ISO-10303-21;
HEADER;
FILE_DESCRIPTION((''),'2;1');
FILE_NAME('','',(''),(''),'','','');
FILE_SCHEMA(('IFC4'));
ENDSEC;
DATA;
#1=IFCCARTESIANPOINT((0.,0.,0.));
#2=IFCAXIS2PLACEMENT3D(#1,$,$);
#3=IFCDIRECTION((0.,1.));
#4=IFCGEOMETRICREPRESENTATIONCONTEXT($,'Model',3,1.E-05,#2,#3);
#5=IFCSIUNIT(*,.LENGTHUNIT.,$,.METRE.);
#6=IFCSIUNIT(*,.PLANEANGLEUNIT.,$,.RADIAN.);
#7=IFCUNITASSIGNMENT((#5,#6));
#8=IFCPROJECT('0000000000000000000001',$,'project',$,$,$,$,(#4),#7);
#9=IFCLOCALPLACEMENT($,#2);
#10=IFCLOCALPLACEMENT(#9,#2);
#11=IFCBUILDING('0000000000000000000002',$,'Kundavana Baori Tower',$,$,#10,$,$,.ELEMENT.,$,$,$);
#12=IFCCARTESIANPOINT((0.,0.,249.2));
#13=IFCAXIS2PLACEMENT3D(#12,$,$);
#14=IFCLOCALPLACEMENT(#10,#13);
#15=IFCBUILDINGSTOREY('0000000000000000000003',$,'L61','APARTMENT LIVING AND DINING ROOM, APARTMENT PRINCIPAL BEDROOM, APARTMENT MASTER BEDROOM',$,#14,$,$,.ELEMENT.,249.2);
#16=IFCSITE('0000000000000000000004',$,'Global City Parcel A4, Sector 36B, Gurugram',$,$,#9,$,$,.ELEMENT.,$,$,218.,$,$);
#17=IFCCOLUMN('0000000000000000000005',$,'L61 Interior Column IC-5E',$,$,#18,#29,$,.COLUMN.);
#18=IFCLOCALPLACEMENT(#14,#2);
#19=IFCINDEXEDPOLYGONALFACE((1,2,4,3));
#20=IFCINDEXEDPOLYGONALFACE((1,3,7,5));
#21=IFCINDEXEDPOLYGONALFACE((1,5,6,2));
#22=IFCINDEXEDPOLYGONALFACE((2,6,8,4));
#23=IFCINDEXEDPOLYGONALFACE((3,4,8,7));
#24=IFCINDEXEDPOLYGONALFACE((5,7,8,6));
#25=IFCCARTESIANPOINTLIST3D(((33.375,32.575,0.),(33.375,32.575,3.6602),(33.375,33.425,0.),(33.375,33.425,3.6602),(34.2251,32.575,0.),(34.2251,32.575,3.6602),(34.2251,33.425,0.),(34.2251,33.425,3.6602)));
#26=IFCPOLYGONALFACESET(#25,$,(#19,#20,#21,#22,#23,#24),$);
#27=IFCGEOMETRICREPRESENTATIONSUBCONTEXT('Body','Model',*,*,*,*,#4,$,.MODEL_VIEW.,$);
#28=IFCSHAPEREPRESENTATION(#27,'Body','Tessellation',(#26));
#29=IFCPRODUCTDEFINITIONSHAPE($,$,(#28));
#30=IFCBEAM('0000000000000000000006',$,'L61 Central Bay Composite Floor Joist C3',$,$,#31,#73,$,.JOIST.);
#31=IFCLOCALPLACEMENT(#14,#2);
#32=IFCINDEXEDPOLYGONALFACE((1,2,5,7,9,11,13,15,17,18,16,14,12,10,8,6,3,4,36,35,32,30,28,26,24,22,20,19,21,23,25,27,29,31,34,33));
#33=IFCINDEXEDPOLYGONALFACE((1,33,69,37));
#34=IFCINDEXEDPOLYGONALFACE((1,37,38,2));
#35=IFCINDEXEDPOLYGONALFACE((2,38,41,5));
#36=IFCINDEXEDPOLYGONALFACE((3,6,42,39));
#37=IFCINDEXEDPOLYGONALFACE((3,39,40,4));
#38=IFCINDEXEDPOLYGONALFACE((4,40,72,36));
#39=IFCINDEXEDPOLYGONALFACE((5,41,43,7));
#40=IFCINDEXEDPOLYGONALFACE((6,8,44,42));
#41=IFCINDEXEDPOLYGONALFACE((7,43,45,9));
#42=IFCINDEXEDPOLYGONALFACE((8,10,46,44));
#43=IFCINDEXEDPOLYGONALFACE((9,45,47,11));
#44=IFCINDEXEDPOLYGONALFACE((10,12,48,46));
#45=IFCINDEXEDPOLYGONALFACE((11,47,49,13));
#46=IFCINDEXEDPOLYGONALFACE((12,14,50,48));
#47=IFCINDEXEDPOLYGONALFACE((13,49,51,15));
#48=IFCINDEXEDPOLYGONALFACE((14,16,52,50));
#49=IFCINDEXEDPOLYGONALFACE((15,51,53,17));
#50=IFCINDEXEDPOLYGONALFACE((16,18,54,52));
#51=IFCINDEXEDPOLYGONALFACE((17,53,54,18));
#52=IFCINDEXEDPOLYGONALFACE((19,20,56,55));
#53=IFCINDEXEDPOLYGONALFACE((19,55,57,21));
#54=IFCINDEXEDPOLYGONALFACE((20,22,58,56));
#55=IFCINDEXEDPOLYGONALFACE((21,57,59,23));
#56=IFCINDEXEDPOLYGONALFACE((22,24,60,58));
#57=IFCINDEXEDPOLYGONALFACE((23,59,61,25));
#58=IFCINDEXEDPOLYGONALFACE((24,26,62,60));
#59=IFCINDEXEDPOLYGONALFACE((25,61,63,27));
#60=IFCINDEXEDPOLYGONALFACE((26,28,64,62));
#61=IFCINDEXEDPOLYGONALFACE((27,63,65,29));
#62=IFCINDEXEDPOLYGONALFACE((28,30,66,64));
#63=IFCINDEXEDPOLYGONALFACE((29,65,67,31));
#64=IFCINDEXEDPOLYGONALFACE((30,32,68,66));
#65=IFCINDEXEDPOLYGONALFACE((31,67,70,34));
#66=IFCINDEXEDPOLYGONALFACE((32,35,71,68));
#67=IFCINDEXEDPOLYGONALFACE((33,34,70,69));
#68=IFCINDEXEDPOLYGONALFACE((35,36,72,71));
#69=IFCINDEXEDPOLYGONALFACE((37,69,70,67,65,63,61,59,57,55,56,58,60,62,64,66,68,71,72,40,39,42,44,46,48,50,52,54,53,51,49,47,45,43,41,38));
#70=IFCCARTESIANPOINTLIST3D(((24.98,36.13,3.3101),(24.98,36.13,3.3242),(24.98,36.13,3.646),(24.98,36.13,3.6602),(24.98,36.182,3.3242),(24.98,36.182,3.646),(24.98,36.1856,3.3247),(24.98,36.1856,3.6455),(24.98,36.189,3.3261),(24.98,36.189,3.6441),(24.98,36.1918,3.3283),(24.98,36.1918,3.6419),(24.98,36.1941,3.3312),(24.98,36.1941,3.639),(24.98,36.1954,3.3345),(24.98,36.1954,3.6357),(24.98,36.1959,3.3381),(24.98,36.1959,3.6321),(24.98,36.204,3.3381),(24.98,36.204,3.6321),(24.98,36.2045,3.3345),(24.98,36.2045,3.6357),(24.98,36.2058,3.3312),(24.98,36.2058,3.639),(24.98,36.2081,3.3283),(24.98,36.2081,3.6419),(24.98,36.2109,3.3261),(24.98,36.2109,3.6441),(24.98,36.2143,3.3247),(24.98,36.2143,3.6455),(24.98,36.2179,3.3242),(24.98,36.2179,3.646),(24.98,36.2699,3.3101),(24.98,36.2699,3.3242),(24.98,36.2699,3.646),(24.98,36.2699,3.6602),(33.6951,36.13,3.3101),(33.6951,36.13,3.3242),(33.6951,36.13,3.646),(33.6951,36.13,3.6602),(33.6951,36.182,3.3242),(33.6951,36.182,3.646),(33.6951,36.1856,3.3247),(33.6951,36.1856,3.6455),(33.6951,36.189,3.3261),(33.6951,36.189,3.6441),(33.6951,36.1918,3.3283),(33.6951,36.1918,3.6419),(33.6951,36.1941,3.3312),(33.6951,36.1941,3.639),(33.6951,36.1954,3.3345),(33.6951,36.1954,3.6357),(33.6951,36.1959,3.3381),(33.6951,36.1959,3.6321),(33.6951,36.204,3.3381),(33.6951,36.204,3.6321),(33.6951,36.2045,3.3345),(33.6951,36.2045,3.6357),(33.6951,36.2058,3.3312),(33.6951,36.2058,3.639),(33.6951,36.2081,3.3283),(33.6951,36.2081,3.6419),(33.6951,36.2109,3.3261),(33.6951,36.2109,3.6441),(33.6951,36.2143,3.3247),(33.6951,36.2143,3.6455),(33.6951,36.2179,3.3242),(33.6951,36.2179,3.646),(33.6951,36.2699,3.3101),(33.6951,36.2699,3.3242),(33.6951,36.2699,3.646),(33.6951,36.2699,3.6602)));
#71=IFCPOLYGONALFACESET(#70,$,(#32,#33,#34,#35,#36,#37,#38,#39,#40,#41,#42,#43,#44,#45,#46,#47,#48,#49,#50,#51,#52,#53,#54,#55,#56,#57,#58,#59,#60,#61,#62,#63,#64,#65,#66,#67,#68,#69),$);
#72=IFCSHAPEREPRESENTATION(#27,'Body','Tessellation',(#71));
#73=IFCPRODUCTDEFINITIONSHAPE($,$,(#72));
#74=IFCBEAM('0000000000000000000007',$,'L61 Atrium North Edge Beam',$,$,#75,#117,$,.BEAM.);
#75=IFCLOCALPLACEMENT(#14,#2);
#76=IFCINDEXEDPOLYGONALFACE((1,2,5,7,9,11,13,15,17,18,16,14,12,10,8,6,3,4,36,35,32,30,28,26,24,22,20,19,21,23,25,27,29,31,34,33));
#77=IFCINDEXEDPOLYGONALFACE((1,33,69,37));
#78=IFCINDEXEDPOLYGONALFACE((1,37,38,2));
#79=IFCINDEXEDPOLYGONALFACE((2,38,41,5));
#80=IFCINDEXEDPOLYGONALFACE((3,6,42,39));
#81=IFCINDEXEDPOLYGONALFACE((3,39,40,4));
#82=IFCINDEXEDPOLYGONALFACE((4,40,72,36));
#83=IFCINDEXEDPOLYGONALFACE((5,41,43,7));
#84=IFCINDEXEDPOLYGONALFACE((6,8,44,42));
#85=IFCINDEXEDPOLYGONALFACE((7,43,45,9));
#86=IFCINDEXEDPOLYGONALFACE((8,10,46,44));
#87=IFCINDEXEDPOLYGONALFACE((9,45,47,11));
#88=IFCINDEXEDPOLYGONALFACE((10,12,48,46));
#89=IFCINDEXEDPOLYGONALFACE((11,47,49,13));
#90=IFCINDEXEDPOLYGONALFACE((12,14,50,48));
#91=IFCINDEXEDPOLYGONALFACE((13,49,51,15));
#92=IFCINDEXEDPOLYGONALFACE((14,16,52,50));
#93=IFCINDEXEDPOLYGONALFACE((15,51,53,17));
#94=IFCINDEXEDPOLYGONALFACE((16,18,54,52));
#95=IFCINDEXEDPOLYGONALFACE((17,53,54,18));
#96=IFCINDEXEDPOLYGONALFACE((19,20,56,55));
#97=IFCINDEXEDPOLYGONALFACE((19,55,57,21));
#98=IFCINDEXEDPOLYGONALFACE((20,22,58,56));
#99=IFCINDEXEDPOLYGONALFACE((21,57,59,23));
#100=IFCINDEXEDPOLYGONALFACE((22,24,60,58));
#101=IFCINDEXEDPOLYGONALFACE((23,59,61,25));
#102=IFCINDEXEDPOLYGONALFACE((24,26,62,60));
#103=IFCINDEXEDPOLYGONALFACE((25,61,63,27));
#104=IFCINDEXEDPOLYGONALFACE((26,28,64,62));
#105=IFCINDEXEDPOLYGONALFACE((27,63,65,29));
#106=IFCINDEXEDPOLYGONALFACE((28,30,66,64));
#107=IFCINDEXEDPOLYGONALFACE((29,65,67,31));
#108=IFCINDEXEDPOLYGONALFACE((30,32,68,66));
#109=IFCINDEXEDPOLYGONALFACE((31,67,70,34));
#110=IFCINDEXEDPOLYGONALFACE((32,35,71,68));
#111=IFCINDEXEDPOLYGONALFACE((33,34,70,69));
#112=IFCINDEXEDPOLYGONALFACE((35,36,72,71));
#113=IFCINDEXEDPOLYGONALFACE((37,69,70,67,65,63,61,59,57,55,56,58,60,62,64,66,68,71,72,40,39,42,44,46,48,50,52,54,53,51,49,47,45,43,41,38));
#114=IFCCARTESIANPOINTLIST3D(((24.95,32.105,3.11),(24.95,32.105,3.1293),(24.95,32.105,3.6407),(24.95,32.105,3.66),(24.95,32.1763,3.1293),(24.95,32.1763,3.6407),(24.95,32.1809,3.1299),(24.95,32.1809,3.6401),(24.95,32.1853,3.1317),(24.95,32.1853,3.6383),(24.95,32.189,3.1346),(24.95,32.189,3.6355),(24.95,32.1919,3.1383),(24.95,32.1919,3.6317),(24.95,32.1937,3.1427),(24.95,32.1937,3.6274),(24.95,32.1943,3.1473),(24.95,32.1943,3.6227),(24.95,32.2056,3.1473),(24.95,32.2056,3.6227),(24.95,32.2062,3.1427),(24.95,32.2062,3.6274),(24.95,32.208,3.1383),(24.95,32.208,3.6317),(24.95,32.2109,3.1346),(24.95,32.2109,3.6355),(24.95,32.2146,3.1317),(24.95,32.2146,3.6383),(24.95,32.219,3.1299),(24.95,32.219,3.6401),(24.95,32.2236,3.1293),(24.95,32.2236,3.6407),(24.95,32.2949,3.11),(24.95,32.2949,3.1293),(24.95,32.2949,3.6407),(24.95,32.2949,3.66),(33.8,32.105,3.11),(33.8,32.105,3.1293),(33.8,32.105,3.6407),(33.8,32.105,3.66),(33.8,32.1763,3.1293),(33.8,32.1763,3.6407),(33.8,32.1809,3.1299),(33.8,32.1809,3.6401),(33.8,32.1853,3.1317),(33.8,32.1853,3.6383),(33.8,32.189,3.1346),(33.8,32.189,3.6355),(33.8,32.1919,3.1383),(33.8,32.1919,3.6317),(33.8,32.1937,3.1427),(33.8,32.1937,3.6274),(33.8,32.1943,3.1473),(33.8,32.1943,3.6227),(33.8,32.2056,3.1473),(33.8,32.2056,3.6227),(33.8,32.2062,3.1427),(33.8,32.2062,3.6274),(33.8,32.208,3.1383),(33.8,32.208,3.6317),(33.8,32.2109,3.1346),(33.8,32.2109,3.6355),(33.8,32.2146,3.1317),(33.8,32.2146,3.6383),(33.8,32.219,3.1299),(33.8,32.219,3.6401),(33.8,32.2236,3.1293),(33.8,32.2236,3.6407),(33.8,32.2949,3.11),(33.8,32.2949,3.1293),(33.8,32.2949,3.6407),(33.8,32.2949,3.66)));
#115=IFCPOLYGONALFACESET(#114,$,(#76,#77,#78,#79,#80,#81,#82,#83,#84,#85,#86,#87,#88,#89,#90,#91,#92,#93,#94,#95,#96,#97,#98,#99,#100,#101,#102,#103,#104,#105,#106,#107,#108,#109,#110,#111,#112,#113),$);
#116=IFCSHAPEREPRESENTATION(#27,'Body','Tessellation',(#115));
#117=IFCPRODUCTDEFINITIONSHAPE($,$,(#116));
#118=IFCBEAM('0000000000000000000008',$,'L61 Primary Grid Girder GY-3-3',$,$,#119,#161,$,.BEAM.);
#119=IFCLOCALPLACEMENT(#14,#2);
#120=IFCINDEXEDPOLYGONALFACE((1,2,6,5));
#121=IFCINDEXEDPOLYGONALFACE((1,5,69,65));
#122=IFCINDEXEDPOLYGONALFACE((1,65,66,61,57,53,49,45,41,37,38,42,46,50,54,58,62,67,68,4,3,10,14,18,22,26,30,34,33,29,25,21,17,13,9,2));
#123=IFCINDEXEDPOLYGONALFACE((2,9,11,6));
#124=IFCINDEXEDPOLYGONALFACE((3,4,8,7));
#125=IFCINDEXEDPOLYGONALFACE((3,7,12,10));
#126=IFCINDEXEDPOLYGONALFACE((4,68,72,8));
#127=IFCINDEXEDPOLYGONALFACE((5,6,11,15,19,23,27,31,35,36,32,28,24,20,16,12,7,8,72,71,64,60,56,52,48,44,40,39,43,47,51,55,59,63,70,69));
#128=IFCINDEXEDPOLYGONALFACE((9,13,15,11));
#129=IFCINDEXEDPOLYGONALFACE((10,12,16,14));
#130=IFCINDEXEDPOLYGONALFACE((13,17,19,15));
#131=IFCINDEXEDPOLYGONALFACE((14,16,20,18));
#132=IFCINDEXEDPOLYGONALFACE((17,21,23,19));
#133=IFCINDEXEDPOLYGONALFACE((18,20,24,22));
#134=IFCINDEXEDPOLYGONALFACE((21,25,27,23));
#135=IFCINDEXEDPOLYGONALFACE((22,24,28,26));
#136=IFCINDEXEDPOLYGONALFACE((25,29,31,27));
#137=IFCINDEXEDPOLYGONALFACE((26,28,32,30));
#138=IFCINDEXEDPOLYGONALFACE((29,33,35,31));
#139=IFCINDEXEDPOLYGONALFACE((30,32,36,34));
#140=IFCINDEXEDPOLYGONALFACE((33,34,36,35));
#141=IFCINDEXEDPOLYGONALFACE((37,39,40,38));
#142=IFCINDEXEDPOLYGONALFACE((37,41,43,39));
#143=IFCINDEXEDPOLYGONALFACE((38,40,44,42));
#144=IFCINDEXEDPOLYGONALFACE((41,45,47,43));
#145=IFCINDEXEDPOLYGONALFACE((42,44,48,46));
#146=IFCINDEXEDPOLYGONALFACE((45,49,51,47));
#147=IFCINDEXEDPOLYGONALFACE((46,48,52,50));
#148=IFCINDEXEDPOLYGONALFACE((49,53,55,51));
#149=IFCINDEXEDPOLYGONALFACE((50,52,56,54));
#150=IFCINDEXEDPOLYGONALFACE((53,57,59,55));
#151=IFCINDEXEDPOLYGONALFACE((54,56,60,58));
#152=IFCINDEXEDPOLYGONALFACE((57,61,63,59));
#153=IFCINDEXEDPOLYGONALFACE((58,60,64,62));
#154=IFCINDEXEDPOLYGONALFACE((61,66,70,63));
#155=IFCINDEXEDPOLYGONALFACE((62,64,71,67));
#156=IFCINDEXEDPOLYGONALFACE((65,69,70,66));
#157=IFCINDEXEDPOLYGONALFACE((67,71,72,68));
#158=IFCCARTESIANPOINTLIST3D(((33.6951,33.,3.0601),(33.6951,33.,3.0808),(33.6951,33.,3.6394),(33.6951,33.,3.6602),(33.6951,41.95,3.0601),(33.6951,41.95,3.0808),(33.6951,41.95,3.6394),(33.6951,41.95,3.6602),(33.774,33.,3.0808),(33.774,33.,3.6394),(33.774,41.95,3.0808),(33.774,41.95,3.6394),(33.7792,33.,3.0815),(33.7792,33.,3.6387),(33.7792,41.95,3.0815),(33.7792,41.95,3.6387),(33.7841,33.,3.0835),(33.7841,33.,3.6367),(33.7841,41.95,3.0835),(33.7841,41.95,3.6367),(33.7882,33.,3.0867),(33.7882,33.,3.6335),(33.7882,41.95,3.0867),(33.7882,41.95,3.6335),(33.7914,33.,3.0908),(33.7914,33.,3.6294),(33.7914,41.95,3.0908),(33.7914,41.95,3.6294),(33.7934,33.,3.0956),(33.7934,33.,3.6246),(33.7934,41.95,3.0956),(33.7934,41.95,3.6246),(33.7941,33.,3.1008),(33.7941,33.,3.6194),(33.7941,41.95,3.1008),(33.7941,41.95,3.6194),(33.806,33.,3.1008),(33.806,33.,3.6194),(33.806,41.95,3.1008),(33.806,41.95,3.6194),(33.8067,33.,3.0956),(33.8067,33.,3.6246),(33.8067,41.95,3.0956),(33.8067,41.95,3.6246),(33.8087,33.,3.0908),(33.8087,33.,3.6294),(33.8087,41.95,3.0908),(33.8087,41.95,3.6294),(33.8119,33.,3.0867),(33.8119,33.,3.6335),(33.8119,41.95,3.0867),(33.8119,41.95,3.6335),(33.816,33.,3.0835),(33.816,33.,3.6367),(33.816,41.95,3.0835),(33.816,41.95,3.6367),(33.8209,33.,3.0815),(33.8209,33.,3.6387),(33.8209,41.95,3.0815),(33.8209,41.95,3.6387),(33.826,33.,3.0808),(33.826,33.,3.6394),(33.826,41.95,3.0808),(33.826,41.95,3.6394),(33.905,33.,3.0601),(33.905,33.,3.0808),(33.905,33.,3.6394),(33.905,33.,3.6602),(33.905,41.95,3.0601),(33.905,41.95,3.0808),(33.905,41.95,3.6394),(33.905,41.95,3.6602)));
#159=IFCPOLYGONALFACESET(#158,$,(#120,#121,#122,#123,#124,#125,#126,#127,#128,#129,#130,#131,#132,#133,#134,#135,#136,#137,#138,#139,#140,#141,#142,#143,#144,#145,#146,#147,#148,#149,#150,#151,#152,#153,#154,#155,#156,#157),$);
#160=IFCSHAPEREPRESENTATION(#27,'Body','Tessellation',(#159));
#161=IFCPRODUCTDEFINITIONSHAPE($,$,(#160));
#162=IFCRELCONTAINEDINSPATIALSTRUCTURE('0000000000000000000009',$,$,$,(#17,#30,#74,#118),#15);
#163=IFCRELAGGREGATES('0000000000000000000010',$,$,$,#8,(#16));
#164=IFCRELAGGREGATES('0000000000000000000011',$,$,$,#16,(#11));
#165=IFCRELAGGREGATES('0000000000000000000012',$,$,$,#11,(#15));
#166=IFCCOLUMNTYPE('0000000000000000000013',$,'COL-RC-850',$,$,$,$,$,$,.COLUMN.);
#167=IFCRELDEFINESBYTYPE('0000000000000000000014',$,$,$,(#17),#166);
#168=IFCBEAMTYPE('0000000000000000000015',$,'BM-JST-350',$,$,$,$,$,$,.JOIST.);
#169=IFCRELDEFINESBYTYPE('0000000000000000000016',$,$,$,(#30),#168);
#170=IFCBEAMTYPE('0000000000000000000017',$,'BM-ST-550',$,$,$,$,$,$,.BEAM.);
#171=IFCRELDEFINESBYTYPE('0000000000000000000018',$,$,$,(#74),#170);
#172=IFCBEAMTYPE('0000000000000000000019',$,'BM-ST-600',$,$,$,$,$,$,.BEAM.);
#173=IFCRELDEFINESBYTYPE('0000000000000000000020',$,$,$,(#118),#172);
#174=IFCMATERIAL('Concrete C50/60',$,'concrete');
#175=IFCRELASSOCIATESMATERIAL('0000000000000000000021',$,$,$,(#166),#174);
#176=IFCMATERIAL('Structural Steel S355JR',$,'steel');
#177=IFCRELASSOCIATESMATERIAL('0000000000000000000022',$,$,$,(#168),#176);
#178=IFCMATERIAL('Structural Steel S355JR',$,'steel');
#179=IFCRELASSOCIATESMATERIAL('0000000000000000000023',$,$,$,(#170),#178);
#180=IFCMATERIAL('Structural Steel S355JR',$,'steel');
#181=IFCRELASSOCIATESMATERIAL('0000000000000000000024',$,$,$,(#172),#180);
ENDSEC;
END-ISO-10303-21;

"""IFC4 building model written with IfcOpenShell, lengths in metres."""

from ifc_helpers import new_model, si_unit, direction, frame, origin, origin_2d, place, context, subcontext, project, spatial, rectangle, i_section, extrude, material, material_profile, profile_set, type_object, element, save


model = new_model("IFC4")

# Units and contexts
model_context = context("Model", 3, precision=1e-05, world=origin(), true_north=direction((0.0, 1.0)))
body_context = subcontext(model_context, "Body", "Model", "MODEL_VIEW")
ifc_project = project(units=[si_unit("LENGTHUNIT", "METRE"), si_unit("PLANEANGLEUNIT", "RADIAN")], contexts=[model_context])

# Site, building, storey
site_placement = place(None, origin())
site = spatial("IfcSite", under=ifc_project, at=site_placement, Name="Global City Parcel A4, Sector 36B, Gurugram", CompositionType="ELEMENT", RefElevation=218.0)
building_placement = place(site_placement, origin())
building = spatial("IfcBuilding", under=site, at=building_placement, Name="Kundavana Baori Tower", CompositionType="ELEMENT")
storey_placement = place(building_placement, frame((0.0, 0.0, 249.2)))
storey = spatial("IfcBuildingStorey", under=building, at=storey_placement, Name="L61", Description="APARTMENT LIVING AND DINING ROOM, APARTMENT PRINCIPAL BEDROOM, APARTMENT MASTER BEDROOM", CompositionType="ELEMENT", Elevation=249.2)

# Column
ifc_material_1 = material(Name="Concrete C50/60", Category="concrete")
ifc_material_profile_1 = material_profile(ifc_material_1, rectangle(XDim=0.8501, YDim=0.8501, at=origin_2d()), Name="RC 850x850")
ifc_profile_set_1 = profile_set([ifc_material_profile_1], Name="Concrete C50/60")
column_type = type_object("IfcColumnType", Name="COL-RC-850", PredefinedType="COLUMN", material=ifc_profile_set_1)
column_placement = place(storey_placement, frame((33.8, 33.0, 0.0), z_axis=(0.0, 0.0, 1.0), x_axis=(1.0, 0.0, 0.0)))
element("IfcColumn", 1, at=column_placement, inside=storey, type_object=column_type, Name="L61 Interior Column IC-5E", PredefinedType="COLUMN", context=body_context, shape_type="SweptSolid", body=[
    extrude(rectangle(XDim=0.8501, YDim=0.8501, at=origin_2d()), origin(), (0.0, 0.0, 1.0), 3.6602),
])

# Beams
ifc_material_2 = material(Name="Structural Steel S355JR", Category="steel")
ifc_material_profile_2 = material_profile(ifc_material_2, i_section(OverallWidth=0.1399, OverallDepth=0.3501, WebThickness=0.0081, FlangeThickness=0.0142, FilletRadius=0.0139, at=origin_2d()), Name="ISMB 350")
ifc_profile_set_2 = profile_set([ifc_material_profile_2], Name="Structural Steel S355JR")
beam_type_1 = type_object("IfcBeamType", Name="BM-JST-350", PredefinedType="JOIST", material=ifc_profile_set_2)
beam_1_placement = place(storey_placement, frame((24.98, 36.2, 3.4851), z_axis=(1.0, 0.0, 0.0), x_axis=(0.0, 1.0, 0.0)))
element("IfcBeam", 2, at=beam_1_placement, inside=storey, type_object=beam_type_1, Name="L61 Central Bay Composite Floor Joist C3", PredefinedType="JOIST", context=body_context, shape_type="SweptSolid", body=[
    extrude(i_section(OverallWidth=0.1399, OverallDepth=0.3501, WebThickness=0.0081, FlangeThickness=0.0142, FilletRadius=0.0139, at=origin_2d()), origin(), (0.0, 0.0, 1.0), 8.7151),
])
ifc_material_3 = material(Name="Structural Steel S355JR", Category="steel")
ifc_material_profile_3 = material_profile(ifc_material_3, i_section(OverallWidth=0.1899, OverallDepth=0.55, WebThickness=0.0112, FlangeThickness=0.0193, FilletRadius=0.0181, at=origin_2d()), Name="ISMB 550")
ifc_profile_set_3 = profile_set([ifc_material_profile_3], Name="Structural Steel S355JR")
beam_type_2 = type_object("IfcBeamType", Name="BM-ST-550", PredefinedType="BEAM", material=ifc_profile_set_3)
beam_2_placement = place(storey_placement, frame((24.95, 32.2, 3.385), z_axis=(1.0, 0.0, 0.0), x_axis=(0.0, 1.0, 0.0)))
element("IfcBeam", 3, at=beam_2_placement, inside=storey, type_object=beam_type_2, Name="L61 Atrium North Edge Beam", PredefinedType="BEAM", context=body_context, shape_type="SweptSolid", body=[
    extrude(i_section(OverallWidth=0.1899, OverallDepth=0.55, WebThickness=0.0112, FlangeThickness=0.0193, FilletRadius=0.0181, at=origin_2d()), origin(), (0.0, 0.0, 1.0), 8.8501),
])
ifc_material_4 = material(Name="Structural Steel S355JR", Category="steel")
ifc_material_profile_4 = material_profile(ifc_material_4, i_section(OverallWidth=0.21, OverallDepth=0.6001, WebThickness=0.012, FlangeThickness=0.0208, FilletRadius=0.02, at=origin_2d()), Name="ISMB 600")
ifc_profile_set_4 = profile_set([ifc_material_profile_4], Name="Structural Steel S355JR")
beam_type_3 = type_object("IfcBeamType", Name="BM-ST-600", PredefinedType="BEAM", material=ifc_profile_set_4)
beam_3_placement = place(storey_placement, frame((33.8, 33.0, 3.3601), z_axis=(0.0, 1.0, 0.0), x_axis=(-1.0, 0.0, 0.0)))
element("IfcBeam", 4, at=beam_3_placement, inside=storey, type_object=beam_type_3, Name="L61 Primary Grid Girder GY-3-3", PredefinedType="BEAM", context=body_context, shape_type="SweptSolid", body=[
    extrude(i_section(OverallWidth=0.21, OverallDepth=0.6001, WebThickness=0.012, FlangeThickness=0.0208, FilletRadius=0.02, at=origin_2d()), origin(), (0.0, 0.0, 1.0), 8.95),
])

save(model, "model.ifc")
